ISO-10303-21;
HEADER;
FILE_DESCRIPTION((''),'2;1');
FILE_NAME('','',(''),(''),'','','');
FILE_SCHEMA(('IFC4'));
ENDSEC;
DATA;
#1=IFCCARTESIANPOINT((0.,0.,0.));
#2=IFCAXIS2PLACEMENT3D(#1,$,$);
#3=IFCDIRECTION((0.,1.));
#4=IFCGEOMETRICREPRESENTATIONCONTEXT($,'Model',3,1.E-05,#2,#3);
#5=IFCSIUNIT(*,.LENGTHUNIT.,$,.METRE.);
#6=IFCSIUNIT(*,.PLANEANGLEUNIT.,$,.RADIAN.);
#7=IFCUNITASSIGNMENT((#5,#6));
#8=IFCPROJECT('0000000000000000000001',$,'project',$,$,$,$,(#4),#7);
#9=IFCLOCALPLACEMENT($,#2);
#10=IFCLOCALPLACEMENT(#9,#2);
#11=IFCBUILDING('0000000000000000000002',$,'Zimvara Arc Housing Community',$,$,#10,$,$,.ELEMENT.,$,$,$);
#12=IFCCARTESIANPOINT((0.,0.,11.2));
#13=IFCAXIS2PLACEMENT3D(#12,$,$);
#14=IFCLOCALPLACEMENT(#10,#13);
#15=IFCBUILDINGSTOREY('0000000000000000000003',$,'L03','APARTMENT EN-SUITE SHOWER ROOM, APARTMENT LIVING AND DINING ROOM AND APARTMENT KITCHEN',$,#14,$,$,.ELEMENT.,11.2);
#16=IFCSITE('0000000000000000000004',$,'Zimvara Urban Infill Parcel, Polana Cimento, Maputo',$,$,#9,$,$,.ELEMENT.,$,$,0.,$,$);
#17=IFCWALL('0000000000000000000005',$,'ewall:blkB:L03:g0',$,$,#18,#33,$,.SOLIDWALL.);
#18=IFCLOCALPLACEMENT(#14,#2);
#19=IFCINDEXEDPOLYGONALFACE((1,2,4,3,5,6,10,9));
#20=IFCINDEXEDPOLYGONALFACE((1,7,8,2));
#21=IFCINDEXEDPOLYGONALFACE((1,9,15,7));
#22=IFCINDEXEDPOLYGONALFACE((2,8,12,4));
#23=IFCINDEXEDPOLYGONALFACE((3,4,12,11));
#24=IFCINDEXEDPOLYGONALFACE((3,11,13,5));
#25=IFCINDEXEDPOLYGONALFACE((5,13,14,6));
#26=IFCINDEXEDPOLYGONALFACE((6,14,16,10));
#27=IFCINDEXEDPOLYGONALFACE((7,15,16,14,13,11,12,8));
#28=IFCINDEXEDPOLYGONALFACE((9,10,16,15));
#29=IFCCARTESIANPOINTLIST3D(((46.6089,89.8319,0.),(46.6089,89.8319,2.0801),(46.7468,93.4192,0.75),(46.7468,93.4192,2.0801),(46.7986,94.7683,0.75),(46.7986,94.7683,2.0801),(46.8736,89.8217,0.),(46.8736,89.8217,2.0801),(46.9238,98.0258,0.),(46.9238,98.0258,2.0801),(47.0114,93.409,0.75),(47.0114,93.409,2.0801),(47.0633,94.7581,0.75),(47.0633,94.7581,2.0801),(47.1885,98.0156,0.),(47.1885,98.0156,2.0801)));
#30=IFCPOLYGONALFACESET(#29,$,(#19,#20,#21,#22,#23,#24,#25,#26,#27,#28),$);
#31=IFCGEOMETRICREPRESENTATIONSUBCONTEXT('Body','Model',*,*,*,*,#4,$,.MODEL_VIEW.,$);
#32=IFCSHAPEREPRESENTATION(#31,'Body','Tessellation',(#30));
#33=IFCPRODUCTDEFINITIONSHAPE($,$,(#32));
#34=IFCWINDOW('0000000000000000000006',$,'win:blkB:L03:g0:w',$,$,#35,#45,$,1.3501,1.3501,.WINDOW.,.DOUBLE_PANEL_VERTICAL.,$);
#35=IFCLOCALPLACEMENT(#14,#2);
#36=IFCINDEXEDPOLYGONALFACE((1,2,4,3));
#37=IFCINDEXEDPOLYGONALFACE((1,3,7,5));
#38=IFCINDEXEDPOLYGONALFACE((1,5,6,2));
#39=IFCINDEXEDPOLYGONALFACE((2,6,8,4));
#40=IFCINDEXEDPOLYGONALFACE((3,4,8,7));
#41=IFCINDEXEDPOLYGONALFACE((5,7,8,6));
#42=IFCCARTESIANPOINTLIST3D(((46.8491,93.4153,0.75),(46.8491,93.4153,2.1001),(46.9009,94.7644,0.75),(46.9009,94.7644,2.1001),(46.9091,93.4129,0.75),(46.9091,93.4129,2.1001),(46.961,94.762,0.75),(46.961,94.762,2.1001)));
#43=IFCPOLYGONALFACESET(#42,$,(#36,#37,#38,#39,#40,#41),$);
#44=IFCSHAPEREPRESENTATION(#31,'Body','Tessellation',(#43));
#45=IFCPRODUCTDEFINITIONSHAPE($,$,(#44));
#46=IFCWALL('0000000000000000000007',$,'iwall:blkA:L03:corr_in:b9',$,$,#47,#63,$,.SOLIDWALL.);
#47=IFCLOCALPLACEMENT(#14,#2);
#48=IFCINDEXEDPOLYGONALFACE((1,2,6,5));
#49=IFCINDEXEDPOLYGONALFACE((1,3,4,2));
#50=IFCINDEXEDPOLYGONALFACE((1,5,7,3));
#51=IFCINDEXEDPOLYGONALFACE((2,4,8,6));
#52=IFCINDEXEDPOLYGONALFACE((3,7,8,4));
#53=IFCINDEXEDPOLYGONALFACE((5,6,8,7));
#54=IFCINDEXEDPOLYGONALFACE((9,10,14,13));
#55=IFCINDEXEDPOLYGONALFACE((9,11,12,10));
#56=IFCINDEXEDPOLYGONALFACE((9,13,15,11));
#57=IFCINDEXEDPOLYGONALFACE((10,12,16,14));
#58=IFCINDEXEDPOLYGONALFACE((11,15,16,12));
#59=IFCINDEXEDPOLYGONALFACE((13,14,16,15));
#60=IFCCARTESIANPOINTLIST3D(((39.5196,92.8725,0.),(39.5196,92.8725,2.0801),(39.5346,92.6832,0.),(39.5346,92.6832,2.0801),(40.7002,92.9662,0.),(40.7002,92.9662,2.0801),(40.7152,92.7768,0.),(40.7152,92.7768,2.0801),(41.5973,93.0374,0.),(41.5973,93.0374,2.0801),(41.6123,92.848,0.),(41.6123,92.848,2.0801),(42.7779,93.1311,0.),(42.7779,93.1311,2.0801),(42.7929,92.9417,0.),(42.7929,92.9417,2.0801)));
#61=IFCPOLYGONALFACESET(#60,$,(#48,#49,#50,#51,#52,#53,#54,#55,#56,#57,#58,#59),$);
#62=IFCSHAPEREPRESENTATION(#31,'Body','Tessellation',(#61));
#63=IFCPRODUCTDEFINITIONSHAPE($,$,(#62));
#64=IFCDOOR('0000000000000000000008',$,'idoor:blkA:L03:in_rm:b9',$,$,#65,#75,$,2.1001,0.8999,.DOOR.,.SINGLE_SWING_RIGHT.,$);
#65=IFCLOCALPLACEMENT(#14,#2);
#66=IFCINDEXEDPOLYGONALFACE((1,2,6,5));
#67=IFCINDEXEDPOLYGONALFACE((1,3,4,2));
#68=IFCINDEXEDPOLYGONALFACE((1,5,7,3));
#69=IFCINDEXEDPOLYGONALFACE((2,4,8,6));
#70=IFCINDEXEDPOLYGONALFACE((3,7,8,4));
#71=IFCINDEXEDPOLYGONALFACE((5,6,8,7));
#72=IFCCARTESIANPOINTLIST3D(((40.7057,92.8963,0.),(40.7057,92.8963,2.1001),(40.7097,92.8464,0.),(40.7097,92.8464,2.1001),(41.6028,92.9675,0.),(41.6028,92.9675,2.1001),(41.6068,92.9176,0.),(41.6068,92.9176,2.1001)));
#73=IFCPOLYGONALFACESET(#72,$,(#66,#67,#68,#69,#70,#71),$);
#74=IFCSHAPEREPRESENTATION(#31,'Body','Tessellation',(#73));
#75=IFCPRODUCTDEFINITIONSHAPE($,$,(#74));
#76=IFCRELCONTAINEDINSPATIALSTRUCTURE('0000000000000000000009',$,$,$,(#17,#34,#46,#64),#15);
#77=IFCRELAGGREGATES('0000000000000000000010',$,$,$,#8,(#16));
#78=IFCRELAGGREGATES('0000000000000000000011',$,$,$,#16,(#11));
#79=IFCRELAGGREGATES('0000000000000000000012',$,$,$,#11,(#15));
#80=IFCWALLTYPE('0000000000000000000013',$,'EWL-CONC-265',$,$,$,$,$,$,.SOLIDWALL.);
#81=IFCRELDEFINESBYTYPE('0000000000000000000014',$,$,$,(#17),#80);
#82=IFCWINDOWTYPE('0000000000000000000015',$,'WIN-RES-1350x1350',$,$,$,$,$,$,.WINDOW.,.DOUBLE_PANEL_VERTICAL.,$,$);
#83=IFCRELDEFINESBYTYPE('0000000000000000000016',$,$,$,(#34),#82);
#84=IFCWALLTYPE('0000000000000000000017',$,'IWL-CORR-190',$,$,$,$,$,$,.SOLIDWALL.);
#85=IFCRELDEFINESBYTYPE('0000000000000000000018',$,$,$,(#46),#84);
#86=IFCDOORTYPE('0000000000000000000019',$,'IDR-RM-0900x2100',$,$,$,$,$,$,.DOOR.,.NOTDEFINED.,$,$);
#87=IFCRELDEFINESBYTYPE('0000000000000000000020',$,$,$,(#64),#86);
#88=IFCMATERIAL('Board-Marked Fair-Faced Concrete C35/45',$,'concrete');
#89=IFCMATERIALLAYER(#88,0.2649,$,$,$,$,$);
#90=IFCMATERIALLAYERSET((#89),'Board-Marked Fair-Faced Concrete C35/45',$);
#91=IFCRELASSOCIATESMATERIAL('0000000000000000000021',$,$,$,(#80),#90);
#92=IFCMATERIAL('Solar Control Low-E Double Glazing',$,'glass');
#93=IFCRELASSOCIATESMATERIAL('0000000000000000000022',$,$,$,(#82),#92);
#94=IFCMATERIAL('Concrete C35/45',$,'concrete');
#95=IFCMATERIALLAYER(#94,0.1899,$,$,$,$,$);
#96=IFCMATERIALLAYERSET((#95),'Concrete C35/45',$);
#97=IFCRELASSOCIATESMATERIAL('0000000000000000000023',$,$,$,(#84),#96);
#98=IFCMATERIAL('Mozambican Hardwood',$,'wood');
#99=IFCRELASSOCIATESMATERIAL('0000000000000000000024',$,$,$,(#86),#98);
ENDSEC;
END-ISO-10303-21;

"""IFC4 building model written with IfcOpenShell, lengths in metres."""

from ifc_helpers import new_model, si_unit, direction, frame, frame_2d, origin, place, context, subcontext, project, spatial, rectangle, extrude, material, layer, layer_set, type_object, element, fill, save


model = new_model("IFC4")

# Units and contexts
model_context = context("Model", 3, precision=1e-05, world=origin(), true_north=direction((0.0, 1.0)))
body_context = subcontext(model_context, "Body", "Model", "MODEL_VIEW")
ifc_project = project(units=[si_unit("LENGTHUNIT", "METRE"), si_unit("PLANEANGLEUNIT", "RADIAN")], contexts=[model_context])

# Site, building, storey
site_placement = place(None, origin())
site = spatial("IfcSite", under=ifc_project, at=site_placement, Name="Zimvara Urban Infill Parcel, Polana Cimento, Maputo", CompositionType="ELEMENT", RefElevation=0.0)
building_placement = place(site_placement, origin())
building = spatial("IfcBuilding", under=site, at=building_placement, Name="Zimvara Arc Housing Community", CompositionType="ELEMENT")
storey_placement = place(building_placement, frame((0.0, 0.0, 11.2)))
storey = spatial("IfcBuildingStorey", under=building, at=storey_placement, Name="L03", Description="APARTMENT EN-SUITE SHOWER ROOM, APARTMENT LIVING AND DINING ROOM AND APARTMENT KITCHEN", CompositionType="ELEMENT", Elevation=11.2)

# Wall, opening, window
ifc_material_1 = material(Name="Board-Marked Fair-Faced Concrete C35/45", Category="concrete")
ifc_layer_1 = layer(ifc_material_1, 0.2649)
ifc_layer_set_1 = layer_set([ifc_layer_1], Name="Board-Marked Fair-Faced Concrete C35/45")
wall_type_1 = type_object("IfcWallType", Name="EWL-CONC-265", PredefinedType="SOLIDWALL", material=ifc_layer_set_1)
ifc_material_2 = material(Name="Solar Control Low-E Double Glazing", Category="glass")
window_type = type_object("IfcWindowType", Name="WIN-RES-1350x1350", PartitioningType="DOUBLE_PANEL_VERTICAL", PredefinedType="WINDOW", material=ifc_material_2)
wall_1_placement = place(storey_placement, frame((46.7412, 89.8267, 0.0), z_axis=(0.0, 0.0, 1.0), x_axis=(0.038408, 0.999262, 0.0)))
wall_1 = element("IfcWall", 1, at=wall_1_placement, inside=storey, type_object=wall_type_1, Name="ewall:blkB:L03:g0", PredefinedType="SOLIDWALL", context=body_context, shape_type="SweptSolid", body=[
    extrude(rectangle(XDim=8.2, YDim=0.2649, at=frame_2d((4.1001, 0.0))), origin(), (0.0, 0.0, 1.0), 2.0801),
])
opening_1_placement = place(wall_1_placement, frame((3.5901, 0.0, 0.75)))
opening_1 = element("IfcOpeningElement", 2, at=opening_1_placement, cuts=wall_1, PredefinedType="OPENING", context=body_context, shape_type="SweptSolid", body=[
    extrude(rectangle(XDim=1.3501, YDim=1.3501, at=frame_2d((0.675, 0.675))), frame((0.0, 0.1423, 0.0), z_axis=(0.0, -1.0, 0.0), x_axis=(1.0, 0.0, 0.0)), (0.0, 0.0, 1.0), 0.2849),
])
window_1_placement = place(opening_1_placement, origin())
window_1 = element("IfcWindow", 3, at=window_1_placement, inside=storey, type_object=window_type, Name="win:blkB:L03:g0:w", OverallHeight=1.3501, OverallWidth=1.3501, PartitioningType="DOUBLE_PANEL_VERTICAL", PredefinedType="WINDOW", context=body_context, shape_type="SweptSolid", body=[
    extrude(rectangle(XDim=1.3501, YDim=1.3501, at=frame_2d((0.675, 0.675))), frame((0.0, 0.03, 0.0), z_axis=(0.0, -1.0, 0.0), x_axis=(1.0, 0.0, 0.0)), (0.0, 0.0, 1.0), 0.0601),
])
fill(opening_1, window_1)

# Wall, opening, door
ifc_material_3 = material(Name="Concrete C35/45", Category="concrete")
ifc_layer_2 = layer(ifc_material_3, 0.1899)
ifc_layer_set_2 = layer_set([ifc_layer_2], Name="Concrete C35/45")
wall_type_2 = type_object("IfcWallType", Name="IWL-CORR-190", PredefinedType="SOLIDWALL", material=ifc_layer_set_2)
wall_2_placement = place(storey_placement, frame((39.5271, 92.7778, 0.0), z_axis=(0.0, 0.0, 1.0), x_axis=(0.996867, 0.079101, 0.0)))
wall_2 = element("IfcWall", 4, at=wall_2_placement, inside=storey, type_object=wall_type_2, Name="iwall:blkA:L03:corr_in:b9", PredefinedType="SOLIDWALL", context=body_context, shape_type="SweptSolid", body=[
    extrude(rectangle(XDim=3.2686, YDim=0.1899, at=frame_2d((1.6343, 0.0))), origin(), (0.0, 0.0, 1.0), 2.0801),
])
opening_2_placement = place(wall_2_placement, frame((1.1843, 0.0, 0.0)))
opening_2 = element("IfcOpeningElement", 5, at=opening_2_placement, cuts=wall_2, PredefinedType="OPENING", context=body_context, shape_type="SweptSolid", body=[
    extrude(rectangle(XDim=0.8999, YDim=2.1001, at=frame_2d((0.45, 1.05))), frame((0.0, 0.105, 0.0), z_axis=(0.0, -1.0, 0.0), x_axis=(1.0, 0.0, 0.0)), (0.0, 0.0, 1.0), 0.21),
])
ifc_material_4 = material(Name="Mozambican Hardwood", Category="wood")
door_type_1 = type_object("IfcDoorType", Name="IDR-RM-0900x2100", OperationType="NOTDEFINED", PredefinedType="DOOR", material=ifc_material_4)
door_1_placement = place(opening_2_placement, origin())
door_1 = element("IfcDoor", 6, at=door_1_placement, inside=storey, type_object=door_type_1, Name="idoor:blkA:L03:in_rm:b9", OperationType="SINGLE_SWING_RIGHT", OverallHeight=2.1001, OverallWidth=0.8999, PredefinedType="DOOR", context=body_context, shape_type="SweptSolid", body=[
    extrude(rectangle(XDim=0.8999, YDim=2.1001, at=frame_2d((0.45, 1.05))), frame((0.0, 0.0249, 0.0), z_axis=(0.0, -1.0, 0.0), x_axis=(1.0, 0.0, 0.0)), (0.0, 0.0, 1.0), 0.05),
])
fill(opening_2, door_1)

save(model, "model.ifc")
